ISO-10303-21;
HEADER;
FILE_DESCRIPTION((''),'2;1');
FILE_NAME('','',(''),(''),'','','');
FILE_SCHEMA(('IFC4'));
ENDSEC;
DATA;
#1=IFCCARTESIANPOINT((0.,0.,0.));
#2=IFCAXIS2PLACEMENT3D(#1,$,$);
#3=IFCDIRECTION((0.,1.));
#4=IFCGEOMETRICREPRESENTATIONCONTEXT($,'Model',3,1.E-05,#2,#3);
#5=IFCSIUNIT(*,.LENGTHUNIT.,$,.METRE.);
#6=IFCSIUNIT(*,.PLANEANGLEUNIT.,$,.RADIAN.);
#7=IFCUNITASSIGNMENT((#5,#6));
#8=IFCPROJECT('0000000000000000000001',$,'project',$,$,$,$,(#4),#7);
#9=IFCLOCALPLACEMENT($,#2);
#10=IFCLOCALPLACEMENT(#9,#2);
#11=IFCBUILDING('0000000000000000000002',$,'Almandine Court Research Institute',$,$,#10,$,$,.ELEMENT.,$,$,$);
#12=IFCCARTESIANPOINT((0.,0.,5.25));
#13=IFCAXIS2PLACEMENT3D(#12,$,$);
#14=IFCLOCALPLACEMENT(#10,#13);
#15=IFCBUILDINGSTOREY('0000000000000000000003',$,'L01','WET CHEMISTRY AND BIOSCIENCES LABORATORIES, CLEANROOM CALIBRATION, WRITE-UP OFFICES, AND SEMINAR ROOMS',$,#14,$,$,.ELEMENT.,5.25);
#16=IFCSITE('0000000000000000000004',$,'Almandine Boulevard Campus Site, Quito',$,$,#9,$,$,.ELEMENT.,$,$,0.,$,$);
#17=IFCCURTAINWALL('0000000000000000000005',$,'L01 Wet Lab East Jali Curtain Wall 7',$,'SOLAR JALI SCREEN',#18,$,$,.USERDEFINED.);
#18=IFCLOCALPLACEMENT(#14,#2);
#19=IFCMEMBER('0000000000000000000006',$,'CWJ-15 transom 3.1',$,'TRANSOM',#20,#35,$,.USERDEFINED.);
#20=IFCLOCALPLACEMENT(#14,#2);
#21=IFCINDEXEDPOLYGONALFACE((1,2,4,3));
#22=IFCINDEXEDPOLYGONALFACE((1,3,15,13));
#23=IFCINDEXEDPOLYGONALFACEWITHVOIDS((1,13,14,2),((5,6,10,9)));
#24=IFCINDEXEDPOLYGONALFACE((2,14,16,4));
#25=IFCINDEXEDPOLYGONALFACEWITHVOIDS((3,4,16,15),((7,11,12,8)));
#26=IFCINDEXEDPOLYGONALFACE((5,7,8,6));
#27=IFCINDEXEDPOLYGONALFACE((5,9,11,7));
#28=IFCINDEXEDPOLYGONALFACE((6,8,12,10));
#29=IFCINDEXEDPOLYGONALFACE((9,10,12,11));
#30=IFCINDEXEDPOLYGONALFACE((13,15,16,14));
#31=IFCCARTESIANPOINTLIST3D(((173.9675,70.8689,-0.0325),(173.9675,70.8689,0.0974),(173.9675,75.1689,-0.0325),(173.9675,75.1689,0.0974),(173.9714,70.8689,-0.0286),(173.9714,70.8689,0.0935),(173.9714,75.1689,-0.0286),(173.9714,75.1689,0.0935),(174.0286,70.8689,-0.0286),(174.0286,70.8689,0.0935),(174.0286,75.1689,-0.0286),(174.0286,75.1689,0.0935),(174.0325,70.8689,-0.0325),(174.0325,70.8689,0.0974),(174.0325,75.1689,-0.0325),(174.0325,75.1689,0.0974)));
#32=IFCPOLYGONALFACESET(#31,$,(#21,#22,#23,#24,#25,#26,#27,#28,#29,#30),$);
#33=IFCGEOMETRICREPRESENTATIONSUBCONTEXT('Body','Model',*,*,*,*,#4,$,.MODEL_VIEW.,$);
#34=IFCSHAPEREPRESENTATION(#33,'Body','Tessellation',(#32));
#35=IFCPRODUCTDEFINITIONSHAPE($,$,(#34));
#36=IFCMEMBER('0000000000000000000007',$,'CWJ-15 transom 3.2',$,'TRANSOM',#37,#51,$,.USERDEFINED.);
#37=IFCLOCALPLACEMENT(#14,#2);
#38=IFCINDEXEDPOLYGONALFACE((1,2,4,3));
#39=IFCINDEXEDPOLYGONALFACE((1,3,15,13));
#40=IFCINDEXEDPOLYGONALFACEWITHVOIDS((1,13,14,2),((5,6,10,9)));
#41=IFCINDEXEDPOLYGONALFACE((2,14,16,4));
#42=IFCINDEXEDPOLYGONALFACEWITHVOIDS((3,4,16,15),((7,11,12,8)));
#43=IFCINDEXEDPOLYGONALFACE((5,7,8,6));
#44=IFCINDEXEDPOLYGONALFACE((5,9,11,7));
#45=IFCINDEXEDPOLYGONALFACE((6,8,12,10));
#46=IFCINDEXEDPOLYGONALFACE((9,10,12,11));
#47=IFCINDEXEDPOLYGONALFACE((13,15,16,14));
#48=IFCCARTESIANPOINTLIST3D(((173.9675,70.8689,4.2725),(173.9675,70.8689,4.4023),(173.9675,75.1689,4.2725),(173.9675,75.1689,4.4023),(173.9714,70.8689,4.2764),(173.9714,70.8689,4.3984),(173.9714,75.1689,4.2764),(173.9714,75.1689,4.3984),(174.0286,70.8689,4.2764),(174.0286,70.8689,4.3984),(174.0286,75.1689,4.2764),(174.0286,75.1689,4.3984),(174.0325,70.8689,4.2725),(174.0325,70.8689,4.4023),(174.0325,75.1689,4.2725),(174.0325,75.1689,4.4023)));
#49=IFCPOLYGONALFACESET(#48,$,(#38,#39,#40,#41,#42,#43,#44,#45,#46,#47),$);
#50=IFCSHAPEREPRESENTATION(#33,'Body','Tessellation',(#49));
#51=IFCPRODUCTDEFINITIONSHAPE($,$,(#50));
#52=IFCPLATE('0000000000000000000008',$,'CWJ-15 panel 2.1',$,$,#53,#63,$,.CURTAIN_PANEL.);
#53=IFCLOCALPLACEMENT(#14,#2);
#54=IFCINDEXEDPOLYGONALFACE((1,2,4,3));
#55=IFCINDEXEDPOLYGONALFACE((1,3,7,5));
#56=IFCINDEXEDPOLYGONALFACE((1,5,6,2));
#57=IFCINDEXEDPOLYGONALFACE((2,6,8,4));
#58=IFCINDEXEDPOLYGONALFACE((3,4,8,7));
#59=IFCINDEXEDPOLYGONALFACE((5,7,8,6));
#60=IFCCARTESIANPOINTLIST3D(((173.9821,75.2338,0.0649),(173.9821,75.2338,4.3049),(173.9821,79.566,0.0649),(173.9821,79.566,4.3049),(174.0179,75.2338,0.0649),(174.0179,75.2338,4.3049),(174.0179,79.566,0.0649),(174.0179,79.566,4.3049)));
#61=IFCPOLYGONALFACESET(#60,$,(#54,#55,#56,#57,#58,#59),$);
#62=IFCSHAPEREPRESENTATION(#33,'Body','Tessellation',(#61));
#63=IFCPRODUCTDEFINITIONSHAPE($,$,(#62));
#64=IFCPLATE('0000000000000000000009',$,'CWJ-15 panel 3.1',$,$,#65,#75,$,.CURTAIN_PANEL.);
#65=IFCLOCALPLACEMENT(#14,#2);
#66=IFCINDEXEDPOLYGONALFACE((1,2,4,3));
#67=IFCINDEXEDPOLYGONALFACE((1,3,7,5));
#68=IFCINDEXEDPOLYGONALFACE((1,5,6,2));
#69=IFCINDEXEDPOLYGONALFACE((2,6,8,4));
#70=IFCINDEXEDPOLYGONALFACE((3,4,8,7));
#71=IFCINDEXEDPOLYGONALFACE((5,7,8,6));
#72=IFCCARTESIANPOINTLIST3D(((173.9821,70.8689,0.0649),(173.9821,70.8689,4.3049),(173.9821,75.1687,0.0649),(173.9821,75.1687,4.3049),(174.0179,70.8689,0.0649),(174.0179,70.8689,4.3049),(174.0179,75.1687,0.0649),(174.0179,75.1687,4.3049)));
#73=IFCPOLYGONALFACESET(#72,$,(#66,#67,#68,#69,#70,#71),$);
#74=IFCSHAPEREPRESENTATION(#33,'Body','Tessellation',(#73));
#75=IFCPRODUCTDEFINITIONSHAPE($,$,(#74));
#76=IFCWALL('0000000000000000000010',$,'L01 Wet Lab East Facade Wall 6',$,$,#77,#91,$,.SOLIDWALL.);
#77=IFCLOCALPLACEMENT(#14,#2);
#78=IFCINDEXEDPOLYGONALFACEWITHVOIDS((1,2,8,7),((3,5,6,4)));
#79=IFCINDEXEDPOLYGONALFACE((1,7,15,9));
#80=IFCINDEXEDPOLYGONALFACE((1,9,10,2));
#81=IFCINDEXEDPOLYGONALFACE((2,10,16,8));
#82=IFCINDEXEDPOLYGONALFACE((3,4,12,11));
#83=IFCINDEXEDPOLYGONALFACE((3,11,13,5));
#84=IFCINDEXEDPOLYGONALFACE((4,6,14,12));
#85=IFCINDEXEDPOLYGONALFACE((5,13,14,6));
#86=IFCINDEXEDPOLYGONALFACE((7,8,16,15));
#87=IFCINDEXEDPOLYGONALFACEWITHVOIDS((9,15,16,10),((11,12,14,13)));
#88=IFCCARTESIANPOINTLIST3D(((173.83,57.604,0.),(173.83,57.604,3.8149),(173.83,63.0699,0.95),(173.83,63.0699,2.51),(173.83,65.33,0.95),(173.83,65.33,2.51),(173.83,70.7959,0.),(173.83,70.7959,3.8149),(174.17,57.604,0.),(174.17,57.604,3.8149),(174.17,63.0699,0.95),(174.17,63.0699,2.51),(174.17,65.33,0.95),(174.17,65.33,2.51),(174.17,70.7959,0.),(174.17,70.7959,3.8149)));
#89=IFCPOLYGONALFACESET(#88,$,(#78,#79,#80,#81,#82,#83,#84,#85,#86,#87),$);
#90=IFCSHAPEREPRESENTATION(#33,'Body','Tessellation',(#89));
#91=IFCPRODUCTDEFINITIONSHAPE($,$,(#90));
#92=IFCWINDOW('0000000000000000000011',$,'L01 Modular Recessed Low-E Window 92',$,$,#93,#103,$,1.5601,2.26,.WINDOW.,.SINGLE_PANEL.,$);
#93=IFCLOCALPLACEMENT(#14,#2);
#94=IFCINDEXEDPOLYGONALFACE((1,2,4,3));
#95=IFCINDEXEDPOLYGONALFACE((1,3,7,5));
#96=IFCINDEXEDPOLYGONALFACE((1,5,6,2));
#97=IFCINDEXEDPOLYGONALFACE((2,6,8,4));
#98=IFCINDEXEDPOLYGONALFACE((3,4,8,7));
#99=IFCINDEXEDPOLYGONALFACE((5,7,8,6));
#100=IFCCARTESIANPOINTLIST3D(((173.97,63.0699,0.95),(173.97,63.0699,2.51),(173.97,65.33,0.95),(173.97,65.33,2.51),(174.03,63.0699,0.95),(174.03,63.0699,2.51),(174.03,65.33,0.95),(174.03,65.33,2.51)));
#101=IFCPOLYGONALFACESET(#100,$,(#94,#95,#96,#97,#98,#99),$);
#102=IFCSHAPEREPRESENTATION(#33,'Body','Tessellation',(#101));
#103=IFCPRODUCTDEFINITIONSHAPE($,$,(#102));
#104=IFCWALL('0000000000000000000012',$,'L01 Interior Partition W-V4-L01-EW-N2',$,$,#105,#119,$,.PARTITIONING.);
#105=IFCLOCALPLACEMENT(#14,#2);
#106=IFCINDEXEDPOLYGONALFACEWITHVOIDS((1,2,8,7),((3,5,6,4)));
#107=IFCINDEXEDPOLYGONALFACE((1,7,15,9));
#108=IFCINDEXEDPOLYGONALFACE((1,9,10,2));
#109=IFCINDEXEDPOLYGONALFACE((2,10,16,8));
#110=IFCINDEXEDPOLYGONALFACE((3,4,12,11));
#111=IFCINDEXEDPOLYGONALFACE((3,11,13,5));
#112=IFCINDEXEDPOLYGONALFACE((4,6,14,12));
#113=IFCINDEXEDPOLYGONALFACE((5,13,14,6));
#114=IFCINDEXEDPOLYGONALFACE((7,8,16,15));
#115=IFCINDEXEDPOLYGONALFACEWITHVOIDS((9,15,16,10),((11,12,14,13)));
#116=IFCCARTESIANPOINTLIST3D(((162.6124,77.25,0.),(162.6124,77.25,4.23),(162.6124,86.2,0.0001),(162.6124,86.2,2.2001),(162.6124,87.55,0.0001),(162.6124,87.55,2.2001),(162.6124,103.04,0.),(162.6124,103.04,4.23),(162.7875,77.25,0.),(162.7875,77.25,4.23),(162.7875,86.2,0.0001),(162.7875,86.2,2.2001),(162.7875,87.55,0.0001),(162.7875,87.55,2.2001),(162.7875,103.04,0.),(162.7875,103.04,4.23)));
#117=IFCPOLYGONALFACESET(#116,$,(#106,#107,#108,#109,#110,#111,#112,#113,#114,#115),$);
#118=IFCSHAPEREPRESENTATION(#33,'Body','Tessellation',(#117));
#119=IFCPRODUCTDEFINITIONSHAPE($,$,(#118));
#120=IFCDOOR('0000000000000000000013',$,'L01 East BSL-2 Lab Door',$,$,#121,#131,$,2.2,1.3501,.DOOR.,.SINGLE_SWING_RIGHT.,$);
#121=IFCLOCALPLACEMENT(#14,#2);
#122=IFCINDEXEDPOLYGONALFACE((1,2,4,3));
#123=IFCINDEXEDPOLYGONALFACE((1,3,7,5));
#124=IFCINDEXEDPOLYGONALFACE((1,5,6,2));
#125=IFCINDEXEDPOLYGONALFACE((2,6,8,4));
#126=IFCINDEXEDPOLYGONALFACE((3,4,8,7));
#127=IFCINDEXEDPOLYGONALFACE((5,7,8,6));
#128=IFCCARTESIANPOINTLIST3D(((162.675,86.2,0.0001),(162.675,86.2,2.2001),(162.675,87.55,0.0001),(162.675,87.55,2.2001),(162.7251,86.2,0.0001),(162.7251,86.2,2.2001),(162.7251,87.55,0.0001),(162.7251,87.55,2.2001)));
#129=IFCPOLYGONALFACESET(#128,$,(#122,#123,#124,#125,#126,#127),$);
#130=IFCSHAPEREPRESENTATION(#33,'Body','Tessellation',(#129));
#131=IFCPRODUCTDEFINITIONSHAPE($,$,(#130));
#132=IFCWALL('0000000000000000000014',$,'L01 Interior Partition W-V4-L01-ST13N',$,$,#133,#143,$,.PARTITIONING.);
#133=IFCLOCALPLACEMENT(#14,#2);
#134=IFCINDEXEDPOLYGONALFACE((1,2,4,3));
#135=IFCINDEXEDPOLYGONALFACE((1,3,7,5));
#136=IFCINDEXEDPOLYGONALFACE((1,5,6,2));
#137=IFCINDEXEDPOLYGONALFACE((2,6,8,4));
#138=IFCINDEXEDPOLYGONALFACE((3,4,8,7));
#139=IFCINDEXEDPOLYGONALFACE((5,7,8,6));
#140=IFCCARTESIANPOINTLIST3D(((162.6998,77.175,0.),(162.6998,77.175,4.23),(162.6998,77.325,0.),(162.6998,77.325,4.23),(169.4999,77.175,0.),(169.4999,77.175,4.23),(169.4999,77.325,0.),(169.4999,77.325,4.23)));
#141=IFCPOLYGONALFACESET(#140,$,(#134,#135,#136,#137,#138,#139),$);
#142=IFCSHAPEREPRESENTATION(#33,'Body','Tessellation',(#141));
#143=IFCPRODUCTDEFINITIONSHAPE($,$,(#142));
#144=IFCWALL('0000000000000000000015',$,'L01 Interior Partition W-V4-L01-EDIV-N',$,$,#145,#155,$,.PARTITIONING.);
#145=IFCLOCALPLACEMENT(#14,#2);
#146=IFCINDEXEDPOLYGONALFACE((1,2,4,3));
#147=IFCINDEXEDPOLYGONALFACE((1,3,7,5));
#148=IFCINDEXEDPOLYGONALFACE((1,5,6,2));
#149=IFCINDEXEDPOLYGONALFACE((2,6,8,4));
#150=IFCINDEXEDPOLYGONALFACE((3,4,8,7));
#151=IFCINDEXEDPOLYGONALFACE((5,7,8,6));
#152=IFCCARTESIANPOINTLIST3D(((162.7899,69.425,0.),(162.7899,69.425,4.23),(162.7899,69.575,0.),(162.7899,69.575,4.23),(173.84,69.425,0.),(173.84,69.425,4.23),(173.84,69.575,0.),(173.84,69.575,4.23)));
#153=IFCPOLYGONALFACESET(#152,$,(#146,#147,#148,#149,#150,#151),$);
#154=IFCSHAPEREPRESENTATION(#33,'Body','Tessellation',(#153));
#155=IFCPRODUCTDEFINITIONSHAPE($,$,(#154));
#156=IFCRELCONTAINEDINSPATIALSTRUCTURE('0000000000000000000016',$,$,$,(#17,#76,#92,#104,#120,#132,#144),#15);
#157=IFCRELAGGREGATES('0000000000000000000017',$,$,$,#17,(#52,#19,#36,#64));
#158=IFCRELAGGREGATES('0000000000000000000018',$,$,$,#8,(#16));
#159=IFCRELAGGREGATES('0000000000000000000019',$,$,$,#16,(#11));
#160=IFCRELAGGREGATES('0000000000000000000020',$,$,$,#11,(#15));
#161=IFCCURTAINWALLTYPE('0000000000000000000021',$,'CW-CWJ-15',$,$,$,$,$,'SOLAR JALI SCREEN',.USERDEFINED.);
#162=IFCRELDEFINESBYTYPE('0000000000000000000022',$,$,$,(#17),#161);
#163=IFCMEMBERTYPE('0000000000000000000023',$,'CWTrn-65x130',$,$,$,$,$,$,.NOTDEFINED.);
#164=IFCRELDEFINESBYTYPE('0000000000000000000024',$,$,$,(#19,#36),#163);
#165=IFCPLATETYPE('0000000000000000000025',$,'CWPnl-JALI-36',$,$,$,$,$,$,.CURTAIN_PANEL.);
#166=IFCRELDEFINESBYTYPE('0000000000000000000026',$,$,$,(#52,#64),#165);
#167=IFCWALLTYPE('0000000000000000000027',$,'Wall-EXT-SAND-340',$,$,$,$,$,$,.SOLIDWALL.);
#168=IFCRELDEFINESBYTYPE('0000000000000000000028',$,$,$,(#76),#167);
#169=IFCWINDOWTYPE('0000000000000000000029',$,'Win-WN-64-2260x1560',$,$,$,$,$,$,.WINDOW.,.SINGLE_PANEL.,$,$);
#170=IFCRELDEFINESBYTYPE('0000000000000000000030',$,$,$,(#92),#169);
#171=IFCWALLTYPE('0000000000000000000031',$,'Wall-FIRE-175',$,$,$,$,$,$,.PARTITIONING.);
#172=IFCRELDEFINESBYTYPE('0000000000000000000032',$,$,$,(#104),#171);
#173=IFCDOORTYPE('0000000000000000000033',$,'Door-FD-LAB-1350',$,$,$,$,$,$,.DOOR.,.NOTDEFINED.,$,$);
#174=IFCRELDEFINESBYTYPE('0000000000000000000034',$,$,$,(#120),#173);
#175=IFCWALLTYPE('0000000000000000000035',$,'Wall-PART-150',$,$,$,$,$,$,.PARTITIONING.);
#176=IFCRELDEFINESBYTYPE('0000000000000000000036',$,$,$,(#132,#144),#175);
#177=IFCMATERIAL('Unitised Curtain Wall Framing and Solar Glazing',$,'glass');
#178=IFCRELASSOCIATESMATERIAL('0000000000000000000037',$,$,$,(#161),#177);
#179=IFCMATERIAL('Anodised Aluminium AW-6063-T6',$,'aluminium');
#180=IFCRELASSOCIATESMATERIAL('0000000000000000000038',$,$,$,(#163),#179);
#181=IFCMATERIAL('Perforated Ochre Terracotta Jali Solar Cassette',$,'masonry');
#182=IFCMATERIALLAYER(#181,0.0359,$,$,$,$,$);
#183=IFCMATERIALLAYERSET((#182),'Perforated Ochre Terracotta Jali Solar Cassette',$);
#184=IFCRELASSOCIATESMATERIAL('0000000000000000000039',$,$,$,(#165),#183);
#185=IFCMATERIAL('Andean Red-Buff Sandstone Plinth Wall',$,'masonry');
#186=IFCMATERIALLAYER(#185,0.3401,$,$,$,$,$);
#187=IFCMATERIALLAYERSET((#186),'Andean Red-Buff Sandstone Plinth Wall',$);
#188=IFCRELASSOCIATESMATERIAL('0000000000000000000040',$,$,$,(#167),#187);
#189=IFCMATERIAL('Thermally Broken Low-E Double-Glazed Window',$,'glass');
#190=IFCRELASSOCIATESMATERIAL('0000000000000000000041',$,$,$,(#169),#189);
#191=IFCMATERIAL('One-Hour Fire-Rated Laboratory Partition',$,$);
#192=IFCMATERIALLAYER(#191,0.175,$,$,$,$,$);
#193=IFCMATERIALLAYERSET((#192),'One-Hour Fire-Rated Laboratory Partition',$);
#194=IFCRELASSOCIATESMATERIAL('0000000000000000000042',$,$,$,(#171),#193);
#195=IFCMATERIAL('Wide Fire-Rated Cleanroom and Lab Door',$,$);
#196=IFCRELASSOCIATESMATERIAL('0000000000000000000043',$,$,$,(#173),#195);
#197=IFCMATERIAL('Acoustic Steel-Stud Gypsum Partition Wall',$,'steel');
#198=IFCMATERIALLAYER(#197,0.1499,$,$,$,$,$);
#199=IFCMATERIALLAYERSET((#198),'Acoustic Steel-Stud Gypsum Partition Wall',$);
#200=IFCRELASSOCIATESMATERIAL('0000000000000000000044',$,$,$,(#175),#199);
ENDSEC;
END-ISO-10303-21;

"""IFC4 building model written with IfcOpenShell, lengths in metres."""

from ifc_helpers import new_model, si_unit, direction, frame, frame_2d, origin, origin_2d, place, context, subcontext, project, spatial, rectangle, hollow_rectangle, extrude, material, layer, layer_set, material_profile, profile_set, type_object, element, fill, aggregate, save


model = new_model("IFC4")

# Units and contexts
model_context = context("Model", 3, precision=1e-05, world=origin(), true_north=direction((0.0, 1.0)))
body_context = subcontext(model_context, "Body", "Model", "MODEL_VIEW")
ifc_project = project(units=[si_unit("LENGTHUNIT", "METRE"), si_unit("PLANEANGLEUNIT", "RADIAN")], contexts=[model_context])

# Site, building, storey
site_placement = place(None, origin())
site = spatial("IfcSite", under=ifc_project, at=site_placement, Name="Almandine Boulevard Campus Site, Quito", CompositionType="ELEMENT", RefElevation=0.0)
building_placement = place(site_placement, origin())
building = spatial("IfcBuilding", under=site, at=building_placement, Name="Almandine Court Research Institute", CompositionType="ELEMENT")
storey_placement = place(building_placement, frame((0.0, 0.0, 5.25)))
storey = spatial("IfcBuildingStorey", under=building, at=storey_placement, Name="L01", Description="WET CHEMISTRY AND BIOSCIENCES LABORATORIES, CLEANROOM CALIBRATION, WRITE-UP OFFICES, AND SEMINAR ROOMS", CompositionType="ELEMENT", Elevation=5.25)

# Curtain wall, members, plates
ifc_material_1 = material(Name="Unitised Curtain Wall Framing and Solar Glazing", Category="glass")
curtain_wall_type = type_object("IfcCurtainWallType", Name="CW-CWJ-15", ElementType="SOLAR JALI SCREEN", PredefinedType="USERDEFINED", material=ifc_material_1)
curtain_wall_placement = place(storey_placement, origin())
curtain_wall = element("IfcCurtainWall", 1, at=curtain_wall_placement, inside=storey, type_object=curtain_wall_type, Name="L01 Wet Lab East Jali Curtain Wall 7", ObjectType="SOLAR JALI SCREEN", PredefinedType="USERDEFINED")
ifc_material_2 = material(Name="Anodised Aluminium AW-6063-T6", Category="aluminium")
ifc_material_profile_1 = material_profile(ifc_material_2, hollow_rectangle(XDim=0.0649, YDim=0.1299, WallThickness=0.0039, at=origin_2d()), Name="ALU RHS 65x130x4")
ifc_profile_set_1 = profile_set([ifc_material_profile_1], Name="Anodised Aluminium AW-6063-T6")
member_type_1 = type_object("IfcMemberType", Name="CWTrn-65x130", PredefinedType="NOTDEFINED", material=ifc_profile_set_1)
member_1_placement = place(storey_placement, frame((174.0, 75.1689, 0.0325), z_axis=(0.0, -1.0, 0.0), x_axis=(1.0, 0.0, 0.0)))
member_1 = element("IfcMember", 2, at=member_1_placement, type_object=member_type_1, Name="CWJ-15 transom 3.1", ObjectType="TRANSOM", PredefinedType="USERDEFINED", context=body_context, shape_type="SweptSolid", body=[
    extrude(hollow_rectangle(XDim=0.0649, YDim=0.1299, WallThickness=0.0039, at=origin_2d()), origin(), (0.0, 0.0, 1.0), 4.3),
])
member_2_placement = place(storey_placement, frame((174.0, 75.1689, 4.3374), z_axis=(0.0, -1.0, 0.0), x_axis=(1.0, 0.0, 0.0)))
member_2 = element("IfcMember", 3, at=member_2_placement, type_object=member_type_1, Name="CWJ-15 transom 3.2", ObjectType="TRANSOM", PredefinedType="USERDEFINED", context=body_context, shape_type="SweptSolid", body=[
    extrude(hollow_rectangle(XDim=0.0649, YDim=0.1299, WallThickness=0.0039, at=origin_2d()), origin(), (0.0, 0.0, 1.0), 4.3),
])
ifc_material_3 = material(Name="Perforated Ochre Terracotta Jali Solar Cassette", Category="masonry")
ifc_layer_1 = layer(ifc_material_3, 0.0359)
ifc_layer_set_1 = layer_set([ifc_layer_1], Name="Perforated Ochre Terracotta Jali Solar Cassette")
plate_type = type_object("IfcPlateType", Name="CWPnl-JALI-36", PredefinedType="CURTAIN_PANEL", material=ifc_layer_set_1)
plate_1_placement = place(storey_placement, frame((174.0, 77.3999, 0.0649), z_axis=(0.0, 0.0, 1.0), x_axis=(0.0, -1.0, 0.0)))
plate_1 = element("IfcPlate", 4, at=plate_1_placement, type_object=plate_type, Name="CWJ-15 panel 2.1", PredefinedType="CURTAIN_PANEL", context=body_context, shape_type="SweptSolid", body=[
    extrude(rectangle(XDim=4.3323, YDim=0.0359, at=origin_2d()), origin(), (0.0, 0.0, 1.0), 4.24),
])
plate_2_placement = place(storey_placement, frame((174.0, 73.0188, 0.0649), z_axis=(0.0, 0.0, 1.0), x_axis=(0.0, -1.0, 0.0)))
plate_2 = element("IfcPlate", 5, at=plate_2_placement, type_object=plate_type, Name="CWJ-15 panel 3.1", PredefinedType="CURTAIN_PANEL", context=body_context, shape_type="SweptSolid", body=[
    extrude(rectangle(XDim=4.2998, YDim=0.0359, at=origin_2d()), origin(), (0.0, 0.0, 1.0), 4.24),
])
aggregate(curtain_wall, [plate_1, member_1, member_2, plate_2])

# Wall, opening, window
ifc_material_4 = material(Name="Andean Red-Buff Sandstone Plinth Wall", Category="masonry")
ifc_layer_2 = layer(ifc_material_4, 0.3401)
ifc_layer_set_2 = layer_set([ifc_layer_2], Name="Andean Red-Buff Sandstone Plinth Wall")
wall_type_1 = type_object("IfcWallType", Name="Wall-EXT-SAND-340", PredefinedType="SOLIDWALL", material=ifc_layer_set_2)
wall_1_placement = place(storey_placement, frame((174.0, 70.7959, 0.0), z_axis=(0.0, 0.0, 1.0), x_axis=(0.0, -1.0, 0.0)))
wall_1 = element("IfcWall", 6, at=wall_1_placement, inside=storey, type_object=wall_type_1, Name="L01 Wet Lab East Facade Wall 6", PredefinedType="SOLIDWALL", context=body_context, shape_type="SweptSolid", body=[
    extrude(rectangle(XDim=13.1919, YDim=0.3401, at=frame_2d((6.5959, 0.0))), origin(), (0.0, 0.0, 1.0), 3.8149),
])
opening_1_placement = place(wall_1_placement, frame((5.4661, 0.0, 0.95)))
opening_1 = element("IfcOpeningElement", 7, at=opening_1_placement, cuts=wall_1, PredefinedType="OPENING", context=body_context, shape_type="SweptSolid", body=[
    extrude(rectangle(XDim=2.26, YDim=1.5601, at=frame_2d((1.1299, 0.78))), frame((0.0, 0.1799, 0.0), z_axis=(0.0, -1.0, 0.0), x_axis=(1.0, 0.0, 0.0)), (0.0, 0.0, 1.0), 0.3601),
])
ifc_material_5 = material(Name="Thermally Broken Low-E Double-Glazed Window", Category="glass")
window_type = type_object("IfcWindowType", Name="Win-WN-64-2260x1560", PartitioningType="SINGLE_PANEL", PredefinedType="WINDOW", material=ifc_material_5)
window_placement = place(opening_1_placement, origin())
window = element("IfcWindow", 8, at=window_placement, inside=storey, type_object=window_type, Name="L01 Modular Recessed Low-E Window 92", OverallHeight=1.5601, OverallWidth=2.26, PartitioningType="SINGLE_PANEL", PredefinedType="WINDOW", context=body_context, shape_type="SweptSolid", body=[
    extrude(rectangle(XDim=2.26, YDim=1.5601, at=frame_2d((1.1299, 0.78))), frame((0.0, 0.03, 0.0), z_axis=(0.0, -1.0, 0.0), x_axis=(1.0, 0.0, 0.0)), (0.0, 0.0, 1.0), 0.0601),
])
fill(opening_1, window)

# Wall, opening, door
ifc_material_6 = material(Name="One-Hour Fire-Rated Laboratory Partition")
ifc_layer_3 = layer(ifc_material_6, 0.175)
ifc_layer_set_3 = layer_set([ifc_layer_3], Name="One-Hour Fire-Rated Laboratory Partition")
wall_type_2 = type_object("IfcWallType", Name="Wall-FIRE-175", PredefinedType="PARTITIONING", material=ifc_layer_set_3)
wall_2_placement = place(storey_placement, frame((162.7, 77.25, 0.0), z_axis=(0.0, 0.0, 1.0), x_axis=(0.0, 1.0, 0.0)))
wall_2 = element("IfcWall", 9, at=wall_2_placement, inside=storey, type_object=wall_type_2, Name="L01 Interior Partition W-V4-L01-EW-N2", PredefinedType="PARTITIONING", context=body_context, shape_type="SweptSolid", body=[
    extrude(rectangle(XDim=25.79, YDim=0.175, at=frame_2d((12.895, 0.0))), origin(), (0.0, 0.0, 1.0), 4.23),
])
opening_2_placement = place(wall_2_placement, frame((8.95, 0.0, 0.0)))
opening_2 = element("IfcOpeningElement", 10, at=opening_2_placement, cuts=wall_2, PredefinedType="OPENING", context=body_context, shape_type="SweptSolid", body=[
    extrude(rectangle(XDim=1.3501, YDim=2.2, at=frame_2d((0.675, 1.1001))), frame((0.0, 0.0974, 0.0), z_axis=(0.0, -1.0, 0.0), x_axis=(1.0, 0.0, 0.0)), (0.0, 0.0, 1.0), 0.1951),
])
ifc_material_7 = material(Name="Wide Fire-Rated Cleanroom and Lab Door")
door_type_1 = type_object("IfcDoorType", Name="Door-FD-LAB-1350", OperationType="NOTDEFINED", PredefinedType="DOOR", material=ifc_material_7)
door_1_placement = place(opening_2_placement, origin())
door_1 = element("IfcDoor", 11, at=door_1_placement, inside=storey, type_object=door_type_1, Name="L01 East BSL-2 Lab Door", OperationType="SINGLE_SWING_RIGHT", OverallHeight=2.2, OverallWidth=1.3501, PredefinedType="DOOR", context=body_context, shape_type="SweptSolid", body=[
    extrude(rectangle(XDim=1.3501, YDim=2.2, at=frame_2d((0.675, 1.1001))), frame((0.0, 0.0249, 0.0), z_axis=(0.0, -1.0, 0.0), x_axis=(1.0, 0.0, 0.0)), (0.0, 0.0, 1.0), 0.05),
])
fill(opening_2, door_1)

# Walls
ifc_material_8 = material(Name="Acoustic Steel-Stud Gypsum Partition Wall", Category="steel")
ifc_layer_4 = layer(ifc_material_8, 0.1499)
ifc_layer_set_4 = layer_set([ifc_layer_4], Name="Acoustic Steel-Stud Gypsum Partition Wall")
wall_type_3 = type_object("IfcWallType", Name="Wall-PART-150", PredefinedType="PARTITIONING", material=ifc_layer_set_4)
wall_3_placement = place(storey_placement, frame((162.7, 77.25, 0.0), z_axis=(0.0, 0.0, 1.0), x_axis=(1.0, 0.0, 0.0)))
element("IfcWall", 12, at=wall_3_placement, inside=storey, type_object=wall_type_3, Name="L01 Interior Partition W-V4-L01-ST13N", PredefinedType="PARTITIONING", context=body_context, shape_type="SweptSolid", body=[
    extrude(rectangle(XDim=6.8, YDim=0.1499, at=frame_2d((3.3999, 0.0))), origin(), (0.0, 0.0, 1.0), 4.23),
])
wall_4_placement = place(storey_placement, frame((162.79, 69.5, 0.0), z_axis=(0.0, 0.0, 1.0), x_axis=(1.0, 0.0, 0.0)))
element("IfcWall", 13, at=wall_4_placement, inside=storey, type_object=wall_type_3, Name="L01 Interior Partition W-V4-L01-EDIV-N", PredefinedType="PARTITIONING", context=body_context, shape_type="SweptSolid", body=[
    extrude(rectangle(XDim=11.05, YDim=0.1499, at=frame_2d((5.5249, 0.0))), origin(), (0.0, 0.0, 1.0), 4.23),
])

save(model, "model.ifc")
